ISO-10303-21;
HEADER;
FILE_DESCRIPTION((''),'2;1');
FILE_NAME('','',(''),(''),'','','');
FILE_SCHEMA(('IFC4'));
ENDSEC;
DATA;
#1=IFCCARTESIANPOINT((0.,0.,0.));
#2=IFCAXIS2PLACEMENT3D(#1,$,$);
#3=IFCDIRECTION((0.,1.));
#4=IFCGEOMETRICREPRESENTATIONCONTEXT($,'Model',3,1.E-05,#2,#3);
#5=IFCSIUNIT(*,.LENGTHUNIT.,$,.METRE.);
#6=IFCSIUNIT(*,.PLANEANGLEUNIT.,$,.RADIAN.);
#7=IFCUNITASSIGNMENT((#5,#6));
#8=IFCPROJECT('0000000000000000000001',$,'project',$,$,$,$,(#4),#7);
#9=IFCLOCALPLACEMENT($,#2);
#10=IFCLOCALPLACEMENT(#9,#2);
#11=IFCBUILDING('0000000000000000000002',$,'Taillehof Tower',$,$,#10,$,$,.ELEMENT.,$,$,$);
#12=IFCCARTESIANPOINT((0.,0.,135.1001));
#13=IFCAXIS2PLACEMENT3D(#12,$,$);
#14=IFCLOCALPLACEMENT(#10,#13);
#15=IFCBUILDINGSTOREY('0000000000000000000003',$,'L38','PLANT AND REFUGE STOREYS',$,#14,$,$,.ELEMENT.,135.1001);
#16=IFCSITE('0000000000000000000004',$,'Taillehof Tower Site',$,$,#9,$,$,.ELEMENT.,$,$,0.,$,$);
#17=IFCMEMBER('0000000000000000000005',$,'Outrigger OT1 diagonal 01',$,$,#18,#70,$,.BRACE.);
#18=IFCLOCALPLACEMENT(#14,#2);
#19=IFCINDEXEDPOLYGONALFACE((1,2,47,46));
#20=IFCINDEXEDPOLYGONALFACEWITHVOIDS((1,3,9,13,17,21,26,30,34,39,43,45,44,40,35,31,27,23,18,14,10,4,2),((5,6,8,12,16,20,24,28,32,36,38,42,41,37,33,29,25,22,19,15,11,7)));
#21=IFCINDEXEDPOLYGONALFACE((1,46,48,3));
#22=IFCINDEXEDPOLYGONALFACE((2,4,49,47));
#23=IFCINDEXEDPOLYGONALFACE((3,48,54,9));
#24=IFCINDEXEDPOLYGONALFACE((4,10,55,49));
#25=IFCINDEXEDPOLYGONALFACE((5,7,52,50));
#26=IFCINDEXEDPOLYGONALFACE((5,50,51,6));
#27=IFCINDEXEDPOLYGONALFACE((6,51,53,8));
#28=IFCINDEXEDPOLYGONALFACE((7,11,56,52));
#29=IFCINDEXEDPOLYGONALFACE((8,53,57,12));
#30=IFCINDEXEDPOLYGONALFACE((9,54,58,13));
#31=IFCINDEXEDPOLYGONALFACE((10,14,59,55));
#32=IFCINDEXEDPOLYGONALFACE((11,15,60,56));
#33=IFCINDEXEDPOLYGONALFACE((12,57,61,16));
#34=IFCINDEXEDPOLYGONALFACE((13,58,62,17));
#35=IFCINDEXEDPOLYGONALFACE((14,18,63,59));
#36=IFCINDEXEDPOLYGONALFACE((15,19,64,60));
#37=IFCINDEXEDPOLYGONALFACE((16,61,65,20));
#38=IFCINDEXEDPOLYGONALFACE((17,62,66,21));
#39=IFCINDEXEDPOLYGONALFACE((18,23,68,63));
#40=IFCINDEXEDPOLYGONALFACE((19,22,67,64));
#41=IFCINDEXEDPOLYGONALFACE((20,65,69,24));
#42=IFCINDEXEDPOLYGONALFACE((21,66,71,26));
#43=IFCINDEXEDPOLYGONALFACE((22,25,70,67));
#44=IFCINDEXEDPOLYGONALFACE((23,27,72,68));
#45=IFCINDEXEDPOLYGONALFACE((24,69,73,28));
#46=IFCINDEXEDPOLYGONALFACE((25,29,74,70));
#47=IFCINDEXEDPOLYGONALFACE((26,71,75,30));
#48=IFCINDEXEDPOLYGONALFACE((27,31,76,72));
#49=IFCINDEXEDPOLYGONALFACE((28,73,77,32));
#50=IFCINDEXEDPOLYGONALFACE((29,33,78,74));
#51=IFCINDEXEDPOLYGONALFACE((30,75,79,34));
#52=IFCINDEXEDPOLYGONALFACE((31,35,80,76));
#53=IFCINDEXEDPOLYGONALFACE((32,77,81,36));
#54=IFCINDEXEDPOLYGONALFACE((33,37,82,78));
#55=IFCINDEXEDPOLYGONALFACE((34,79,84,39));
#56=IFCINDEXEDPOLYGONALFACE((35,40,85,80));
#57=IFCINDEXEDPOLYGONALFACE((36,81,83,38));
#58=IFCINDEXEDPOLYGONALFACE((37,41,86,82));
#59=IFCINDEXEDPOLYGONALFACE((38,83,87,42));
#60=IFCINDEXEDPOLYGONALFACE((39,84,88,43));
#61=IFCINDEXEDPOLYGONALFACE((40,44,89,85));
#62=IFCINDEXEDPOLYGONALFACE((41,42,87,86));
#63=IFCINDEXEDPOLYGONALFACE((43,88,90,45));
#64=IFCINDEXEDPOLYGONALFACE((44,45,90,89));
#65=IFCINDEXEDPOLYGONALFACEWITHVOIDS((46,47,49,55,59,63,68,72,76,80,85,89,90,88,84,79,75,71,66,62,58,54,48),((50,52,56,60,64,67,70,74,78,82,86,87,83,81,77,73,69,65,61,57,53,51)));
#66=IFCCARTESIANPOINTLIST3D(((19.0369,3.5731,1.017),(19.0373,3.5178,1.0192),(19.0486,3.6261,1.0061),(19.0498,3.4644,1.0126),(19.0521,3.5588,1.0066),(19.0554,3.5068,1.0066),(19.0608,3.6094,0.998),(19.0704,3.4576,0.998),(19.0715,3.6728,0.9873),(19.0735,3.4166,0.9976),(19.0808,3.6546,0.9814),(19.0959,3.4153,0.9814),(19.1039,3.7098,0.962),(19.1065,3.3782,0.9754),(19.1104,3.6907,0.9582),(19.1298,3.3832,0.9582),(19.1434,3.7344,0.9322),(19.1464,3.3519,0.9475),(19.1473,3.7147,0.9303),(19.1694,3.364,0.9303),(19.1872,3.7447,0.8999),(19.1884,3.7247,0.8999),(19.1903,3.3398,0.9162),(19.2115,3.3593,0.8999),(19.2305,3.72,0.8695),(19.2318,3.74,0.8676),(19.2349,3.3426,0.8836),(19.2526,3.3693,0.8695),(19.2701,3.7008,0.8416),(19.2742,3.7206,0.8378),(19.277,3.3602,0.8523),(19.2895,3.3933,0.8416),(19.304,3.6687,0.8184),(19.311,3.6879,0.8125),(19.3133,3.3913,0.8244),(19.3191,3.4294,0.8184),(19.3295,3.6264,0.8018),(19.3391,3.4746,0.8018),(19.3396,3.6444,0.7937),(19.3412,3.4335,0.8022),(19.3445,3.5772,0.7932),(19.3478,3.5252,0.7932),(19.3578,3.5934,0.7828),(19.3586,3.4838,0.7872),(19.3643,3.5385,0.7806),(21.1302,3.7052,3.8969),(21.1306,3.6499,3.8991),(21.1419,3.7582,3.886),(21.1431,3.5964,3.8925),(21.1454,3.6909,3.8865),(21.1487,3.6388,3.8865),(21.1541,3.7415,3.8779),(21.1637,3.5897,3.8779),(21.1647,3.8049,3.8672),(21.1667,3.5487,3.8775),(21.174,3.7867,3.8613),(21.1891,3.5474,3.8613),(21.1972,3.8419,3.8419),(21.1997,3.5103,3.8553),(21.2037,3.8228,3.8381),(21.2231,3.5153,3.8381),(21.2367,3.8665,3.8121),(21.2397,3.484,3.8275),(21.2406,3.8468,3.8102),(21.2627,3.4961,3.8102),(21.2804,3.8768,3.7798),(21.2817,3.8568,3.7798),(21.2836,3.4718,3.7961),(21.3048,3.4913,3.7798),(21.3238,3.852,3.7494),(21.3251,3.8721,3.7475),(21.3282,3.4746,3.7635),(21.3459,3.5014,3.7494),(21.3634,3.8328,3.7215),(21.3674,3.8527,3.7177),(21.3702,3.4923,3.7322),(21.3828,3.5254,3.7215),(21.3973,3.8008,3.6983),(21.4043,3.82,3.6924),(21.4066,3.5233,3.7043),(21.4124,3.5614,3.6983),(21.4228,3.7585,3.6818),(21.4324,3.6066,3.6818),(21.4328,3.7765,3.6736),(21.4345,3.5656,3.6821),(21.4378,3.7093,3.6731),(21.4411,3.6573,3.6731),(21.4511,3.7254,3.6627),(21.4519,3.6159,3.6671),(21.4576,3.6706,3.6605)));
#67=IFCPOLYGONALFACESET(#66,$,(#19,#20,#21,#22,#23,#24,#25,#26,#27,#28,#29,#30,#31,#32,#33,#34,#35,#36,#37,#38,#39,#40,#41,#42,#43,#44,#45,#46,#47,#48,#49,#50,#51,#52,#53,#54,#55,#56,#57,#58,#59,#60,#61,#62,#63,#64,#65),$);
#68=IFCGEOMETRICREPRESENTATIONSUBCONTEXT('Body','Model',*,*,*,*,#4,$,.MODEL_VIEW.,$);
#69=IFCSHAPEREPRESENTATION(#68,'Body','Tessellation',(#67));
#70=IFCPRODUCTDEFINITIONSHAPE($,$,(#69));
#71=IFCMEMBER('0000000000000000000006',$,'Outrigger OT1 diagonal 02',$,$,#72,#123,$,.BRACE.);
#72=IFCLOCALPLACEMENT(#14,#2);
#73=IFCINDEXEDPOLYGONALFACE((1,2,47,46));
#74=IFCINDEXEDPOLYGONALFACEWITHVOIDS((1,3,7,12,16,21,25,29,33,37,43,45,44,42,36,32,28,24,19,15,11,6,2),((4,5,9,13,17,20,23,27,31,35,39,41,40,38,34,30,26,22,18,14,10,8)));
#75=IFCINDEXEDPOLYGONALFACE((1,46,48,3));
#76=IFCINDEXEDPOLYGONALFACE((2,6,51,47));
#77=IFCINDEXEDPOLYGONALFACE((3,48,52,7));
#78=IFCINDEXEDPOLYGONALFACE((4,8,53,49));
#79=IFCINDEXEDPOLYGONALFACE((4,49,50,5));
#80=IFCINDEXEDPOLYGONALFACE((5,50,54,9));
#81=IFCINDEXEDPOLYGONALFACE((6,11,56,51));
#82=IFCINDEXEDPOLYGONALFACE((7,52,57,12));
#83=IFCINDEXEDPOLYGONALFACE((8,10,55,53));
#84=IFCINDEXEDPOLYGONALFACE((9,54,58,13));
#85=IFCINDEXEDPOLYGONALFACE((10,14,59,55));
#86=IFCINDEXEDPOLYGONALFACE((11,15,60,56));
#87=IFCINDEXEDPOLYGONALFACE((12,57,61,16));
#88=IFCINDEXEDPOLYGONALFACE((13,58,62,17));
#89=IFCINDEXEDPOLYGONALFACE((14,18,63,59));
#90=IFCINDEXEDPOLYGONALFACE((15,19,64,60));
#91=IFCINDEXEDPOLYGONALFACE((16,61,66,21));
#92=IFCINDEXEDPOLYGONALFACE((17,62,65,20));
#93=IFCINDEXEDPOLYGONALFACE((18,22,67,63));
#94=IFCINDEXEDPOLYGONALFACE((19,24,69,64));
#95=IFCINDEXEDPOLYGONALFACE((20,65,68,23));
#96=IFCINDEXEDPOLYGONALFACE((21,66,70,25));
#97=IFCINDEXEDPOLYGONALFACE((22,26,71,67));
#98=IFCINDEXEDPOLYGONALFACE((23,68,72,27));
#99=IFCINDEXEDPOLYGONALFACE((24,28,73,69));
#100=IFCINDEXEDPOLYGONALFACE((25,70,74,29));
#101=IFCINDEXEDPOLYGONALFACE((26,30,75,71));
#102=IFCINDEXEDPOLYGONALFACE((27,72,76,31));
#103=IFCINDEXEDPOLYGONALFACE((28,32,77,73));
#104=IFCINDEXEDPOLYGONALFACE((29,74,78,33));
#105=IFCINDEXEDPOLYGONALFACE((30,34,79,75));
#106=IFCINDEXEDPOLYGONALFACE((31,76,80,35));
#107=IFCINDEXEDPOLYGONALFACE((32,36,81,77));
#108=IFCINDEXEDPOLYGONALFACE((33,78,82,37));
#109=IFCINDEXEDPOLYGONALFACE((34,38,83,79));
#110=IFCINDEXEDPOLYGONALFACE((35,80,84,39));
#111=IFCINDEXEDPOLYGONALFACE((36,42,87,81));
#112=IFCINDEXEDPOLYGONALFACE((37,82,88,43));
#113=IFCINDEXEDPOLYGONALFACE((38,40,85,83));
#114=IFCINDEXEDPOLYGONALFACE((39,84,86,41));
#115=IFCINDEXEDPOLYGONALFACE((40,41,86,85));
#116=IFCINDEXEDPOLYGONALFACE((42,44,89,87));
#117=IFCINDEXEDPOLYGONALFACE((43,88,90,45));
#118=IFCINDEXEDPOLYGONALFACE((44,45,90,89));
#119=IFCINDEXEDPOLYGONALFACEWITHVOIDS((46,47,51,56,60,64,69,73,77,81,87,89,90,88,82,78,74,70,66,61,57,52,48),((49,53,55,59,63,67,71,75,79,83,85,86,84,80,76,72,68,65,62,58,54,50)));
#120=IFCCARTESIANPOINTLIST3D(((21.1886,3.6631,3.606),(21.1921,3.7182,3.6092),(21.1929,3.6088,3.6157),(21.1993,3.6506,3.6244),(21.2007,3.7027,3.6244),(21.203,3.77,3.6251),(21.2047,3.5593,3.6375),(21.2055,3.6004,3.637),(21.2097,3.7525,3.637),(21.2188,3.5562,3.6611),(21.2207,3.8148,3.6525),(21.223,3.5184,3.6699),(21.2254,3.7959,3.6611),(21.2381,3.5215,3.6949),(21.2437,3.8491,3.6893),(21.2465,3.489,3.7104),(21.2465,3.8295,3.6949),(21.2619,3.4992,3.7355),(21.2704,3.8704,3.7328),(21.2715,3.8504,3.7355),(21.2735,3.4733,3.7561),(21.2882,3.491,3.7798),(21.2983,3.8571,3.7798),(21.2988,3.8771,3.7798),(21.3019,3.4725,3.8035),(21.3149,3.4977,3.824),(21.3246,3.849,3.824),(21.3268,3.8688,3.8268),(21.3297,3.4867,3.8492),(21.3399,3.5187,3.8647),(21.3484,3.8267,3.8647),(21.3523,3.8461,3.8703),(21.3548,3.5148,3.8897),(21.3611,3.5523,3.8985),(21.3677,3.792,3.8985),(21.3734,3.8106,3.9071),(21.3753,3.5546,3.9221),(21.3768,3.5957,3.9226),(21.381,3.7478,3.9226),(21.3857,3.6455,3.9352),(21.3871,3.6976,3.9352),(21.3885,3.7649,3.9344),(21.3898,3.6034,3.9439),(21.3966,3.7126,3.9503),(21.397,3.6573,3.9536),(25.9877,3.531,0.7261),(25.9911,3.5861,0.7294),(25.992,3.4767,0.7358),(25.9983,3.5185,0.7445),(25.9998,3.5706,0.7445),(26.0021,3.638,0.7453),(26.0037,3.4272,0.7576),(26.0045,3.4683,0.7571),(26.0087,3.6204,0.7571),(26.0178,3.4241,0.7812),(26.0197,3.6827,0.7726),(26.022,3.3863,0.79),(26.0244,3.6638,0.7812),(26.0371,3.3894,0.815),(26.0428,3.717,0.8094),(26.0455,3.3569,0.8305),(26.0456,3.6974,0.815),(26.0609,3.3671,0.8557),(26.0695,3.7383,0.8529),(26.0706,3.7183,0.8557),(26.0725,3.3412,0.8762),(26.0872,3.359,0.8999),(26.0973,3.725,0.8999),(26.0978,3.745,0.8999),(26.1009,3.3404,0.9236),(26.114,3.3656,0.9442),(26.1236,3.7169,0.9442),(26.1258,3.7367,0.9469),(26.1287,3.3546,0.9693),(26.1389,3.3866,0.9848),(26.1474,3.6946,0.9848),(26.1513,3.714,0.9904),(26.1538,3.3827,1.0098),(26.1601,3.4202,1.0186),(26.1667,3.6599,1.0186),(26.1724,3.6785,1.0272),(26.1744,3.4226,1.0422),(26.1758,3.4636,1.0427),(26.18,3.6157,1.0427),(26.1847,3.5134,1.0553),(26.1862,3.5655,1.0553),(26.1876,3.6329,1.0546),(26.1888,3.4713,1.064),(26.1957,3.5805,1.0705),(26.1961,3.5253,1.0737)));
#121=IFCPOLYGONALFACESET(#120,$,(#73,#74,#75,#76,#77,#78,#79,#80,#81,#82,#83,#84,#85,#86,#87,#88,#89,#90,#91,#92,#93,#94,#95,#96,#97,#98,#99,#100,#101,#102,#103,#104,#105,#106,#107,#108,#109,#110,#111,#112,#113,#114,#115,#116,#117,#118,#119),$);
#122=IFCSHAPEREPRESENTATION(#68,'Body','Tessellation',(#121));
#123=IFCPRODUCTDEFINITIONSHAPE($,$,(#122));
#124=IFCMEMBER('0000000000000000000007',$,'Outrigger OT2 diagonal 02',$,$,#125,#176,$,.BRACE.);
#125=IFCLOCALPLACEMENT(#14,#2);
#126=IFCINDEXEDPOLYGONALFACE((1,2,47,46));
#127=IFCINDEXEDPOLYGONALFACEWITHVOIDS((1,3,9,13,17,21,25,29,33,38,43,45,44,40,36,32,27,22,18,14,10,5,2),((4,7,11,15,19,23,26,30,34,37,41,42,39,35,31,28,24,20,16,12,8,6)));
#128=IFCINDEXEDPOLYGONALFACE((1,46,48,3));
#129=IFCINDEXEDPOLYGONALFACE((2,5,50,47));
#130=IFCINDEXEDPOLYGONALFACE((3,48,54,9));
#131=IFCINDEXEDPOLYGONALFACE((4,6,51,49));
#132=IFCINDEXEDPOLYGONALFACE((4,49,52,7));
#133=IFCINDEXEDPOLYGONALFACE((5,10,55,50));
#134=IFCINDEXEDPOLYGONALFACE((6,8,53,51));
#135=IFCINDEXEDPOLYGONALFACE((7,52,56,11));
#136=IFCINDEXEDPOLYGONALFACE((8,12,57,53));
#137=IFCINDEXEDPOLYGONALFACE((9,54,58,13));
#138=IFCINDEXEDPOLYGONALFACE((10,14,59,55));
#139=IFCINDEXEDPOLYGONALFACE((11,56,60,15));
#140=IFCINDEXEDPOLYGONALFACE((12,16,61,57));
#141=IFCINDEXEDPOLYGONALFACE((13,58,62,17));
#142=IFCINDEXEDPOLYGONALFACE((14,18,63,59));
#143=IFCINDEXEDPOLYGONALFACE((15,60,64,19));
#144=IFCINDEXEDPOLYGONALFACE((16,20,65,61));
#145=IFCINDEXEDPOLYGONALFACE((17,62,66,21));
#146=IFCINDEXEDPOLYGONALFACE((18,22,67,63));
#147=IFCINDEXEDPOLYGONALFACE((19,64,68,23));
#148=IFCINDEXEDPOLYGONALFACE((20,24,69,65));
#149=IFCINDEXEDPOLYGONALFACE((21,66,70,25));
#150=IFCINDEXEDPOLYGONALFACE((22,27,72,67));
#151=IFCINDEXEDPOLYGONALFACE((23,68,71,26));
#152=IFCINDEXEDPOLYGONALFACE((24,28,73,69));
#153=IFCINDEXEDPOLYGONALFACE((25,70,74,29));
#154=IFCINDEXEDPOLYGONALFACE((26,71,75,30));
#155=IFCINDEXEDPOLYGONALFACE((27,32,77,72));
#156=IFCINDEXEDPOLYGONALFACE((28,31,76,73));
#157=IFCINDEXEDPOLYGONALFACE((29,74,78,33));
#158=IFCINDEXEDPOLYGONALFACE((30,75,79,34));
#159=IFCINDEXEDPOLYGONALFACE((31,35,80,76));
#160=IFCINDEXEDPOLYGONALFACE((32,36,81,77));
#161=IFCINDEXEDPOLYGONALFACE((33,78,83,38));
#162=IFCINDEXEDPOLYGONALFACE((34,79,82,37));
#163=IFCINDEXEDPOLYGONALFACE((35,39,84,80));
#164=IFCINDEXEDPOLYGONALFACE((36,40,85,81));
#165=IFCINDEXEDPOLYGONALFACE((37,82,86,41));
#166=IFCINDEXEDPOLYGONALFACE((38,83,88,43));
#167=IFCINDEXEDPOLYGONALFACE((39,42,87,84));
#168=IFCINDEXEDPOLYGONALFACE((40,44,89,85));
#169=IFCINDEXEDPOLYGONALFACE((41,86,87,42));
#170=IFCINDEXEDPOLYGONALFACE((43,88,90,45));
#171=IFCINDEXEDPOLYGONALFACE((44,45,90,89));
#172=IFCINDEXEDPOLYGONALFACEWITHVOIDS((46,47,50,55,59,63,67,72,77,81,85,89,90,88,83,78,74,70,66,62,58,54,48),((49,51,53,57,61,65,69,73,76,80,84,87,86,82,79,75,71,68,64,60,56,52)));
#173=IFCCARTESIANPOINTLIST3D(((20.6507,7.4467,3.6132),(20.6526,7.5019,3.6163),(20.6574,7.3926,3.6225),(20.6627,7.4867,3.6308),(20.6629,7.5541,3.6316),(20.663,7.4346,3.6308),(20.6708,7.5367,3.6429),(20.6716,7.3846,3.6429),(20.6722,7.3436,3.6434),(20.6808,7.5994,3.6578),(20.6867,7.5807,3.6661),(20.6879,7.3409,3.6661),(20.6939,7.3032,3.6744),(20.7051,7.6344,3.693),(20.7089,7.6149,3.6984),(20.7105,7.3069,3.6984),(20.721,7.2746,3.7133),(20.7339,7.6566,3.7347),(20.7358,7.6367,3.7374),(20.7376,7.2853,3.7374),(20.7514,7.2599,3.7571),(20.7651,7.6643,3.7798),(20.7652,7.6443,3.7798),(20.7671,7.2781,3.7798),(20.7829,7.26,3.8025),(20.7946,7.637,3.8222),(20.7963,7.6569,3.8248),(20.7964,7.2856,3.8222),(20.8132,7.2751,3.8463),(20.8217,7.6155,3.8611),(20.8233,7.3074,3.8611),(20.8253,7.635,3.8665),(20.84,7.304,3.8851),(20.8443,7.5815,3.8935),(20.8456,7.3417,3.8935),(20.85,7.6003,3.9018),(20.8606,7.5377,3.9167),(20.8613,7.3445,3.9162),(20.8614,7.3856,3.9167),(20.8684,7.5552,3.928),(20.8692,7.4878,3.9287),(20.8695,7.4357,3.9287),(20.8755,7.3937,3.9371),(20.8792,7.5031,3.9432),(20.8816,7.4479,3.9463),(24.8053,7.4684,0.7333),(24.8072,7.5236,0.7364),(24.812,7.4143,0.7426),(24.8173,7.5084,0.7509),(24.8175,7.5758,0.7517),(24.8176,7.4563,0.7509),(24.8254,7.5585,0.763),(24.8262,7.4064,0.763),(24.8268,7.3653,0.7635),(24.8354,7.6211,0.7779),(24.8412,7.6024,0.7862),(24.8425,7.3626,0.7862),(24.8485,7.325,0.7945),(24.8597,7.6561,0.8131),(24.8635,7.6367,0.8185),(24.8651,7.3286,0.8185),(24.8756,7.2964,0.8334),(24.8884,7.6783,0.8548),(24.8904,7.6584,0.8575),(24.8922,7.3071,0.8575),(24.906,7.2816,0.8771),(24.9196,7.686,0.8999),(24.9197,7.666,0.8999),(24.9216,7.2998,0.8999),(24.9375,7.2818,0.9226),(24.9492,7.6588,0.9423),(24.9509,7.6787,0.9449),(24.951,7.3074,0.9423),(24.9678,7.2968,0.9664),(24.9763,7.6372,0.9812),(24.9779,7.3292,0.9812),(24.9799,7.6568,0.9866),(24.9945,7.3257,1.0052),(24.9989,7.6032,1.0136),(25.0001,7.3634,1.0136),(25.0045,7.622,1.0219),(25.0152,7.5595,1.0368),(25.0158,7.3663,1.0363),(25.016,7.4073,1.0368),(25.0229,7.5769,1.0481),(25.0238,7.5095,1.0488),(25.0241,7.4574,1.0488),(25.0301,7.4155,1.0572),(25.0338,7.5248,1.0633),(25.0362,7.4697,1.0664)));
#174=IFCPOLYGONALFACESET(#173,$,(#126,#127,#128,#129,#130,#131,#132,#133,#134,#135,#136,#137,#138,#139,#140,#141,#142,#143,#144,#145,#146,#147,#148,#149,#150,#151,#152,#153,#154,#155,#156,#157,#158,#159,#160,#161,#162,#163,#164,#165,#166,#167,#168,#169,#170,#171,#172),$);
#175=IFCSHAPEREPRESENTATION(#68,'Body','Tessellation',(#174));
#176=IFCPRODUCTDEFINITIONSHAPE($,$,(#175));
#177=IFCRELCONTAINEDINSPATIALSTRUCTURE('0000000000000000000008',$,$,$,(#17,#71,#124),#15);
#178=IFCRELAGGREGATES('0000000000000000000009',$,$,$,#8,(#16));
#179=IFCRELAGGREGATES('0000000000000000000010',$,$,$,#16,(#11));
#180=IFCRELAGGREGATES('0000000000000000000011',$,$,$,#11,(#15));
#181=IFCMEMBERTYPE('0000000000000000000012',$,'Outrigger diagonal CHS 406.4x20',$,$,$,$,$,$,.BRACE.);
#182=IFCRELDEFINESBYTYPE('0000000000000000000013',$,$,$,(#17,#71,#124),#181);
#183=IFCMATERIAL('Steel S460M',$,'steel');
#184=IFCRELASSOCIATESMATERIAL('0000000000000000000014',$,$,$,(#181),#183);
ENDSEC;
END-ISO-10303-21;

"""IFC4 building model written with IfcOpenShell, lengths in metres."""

from ifc_helpers import new_model, si_unit, direction, frame, origin, origin_2d, place, context, subcontext, project, spatial, hollow_circle, extrude, material, material_profile, profile_set, type_object, element, save


model = new_model("IFC4")

# Units and contexts
model_context = context("Model", 3, precision=1e-05, world=origin(), true_north=direction((0.0, 1.0)))
body_context = subcontext(model_context, "Body", "Model", "MODEL_VIEW")
ifc_project = project(units=[si_unit("LENGTHUNIT", "METRE"), si_unit("PLANEANGLEUNIT", "RADIAN")], contexts=[model_context])

# Site, building, storey
site_placement = place(None, origin())
site = spatial("IfcSite", under=ifc_project, at=site_placement, Name="Taillehof Tower Site", CompositionType="ELEMENT", RefElevation=0.0)
building_placement = place(site_placement, origin())
building = spatial("IfcBuilding", under=site, at=building_placement, Name="Taillehof Tower", CompositionType="ELEMENT")
storey_placement = place(building_placement, frame((0.0, 0.0, 135.1001)))
storey = spatial("IfcBuildingStorey", under=building, at=storey_placement, Name="L38", Description="PLANT AND REFUGE STOREYS", CompositionType="ELEMENT", Elevation=135.1001)

# Members
ifc_material_1 = material(Name="Steel S460M", Category="steel")
ifc_material_profile_1 = material_profile(ifc_material_1, hollow_circle(Radius=0.2031, WallThickness=0.02, at=origin_2d()), Name="CHS 406.4x20")
ifc_profile_set_1 = profile_set([ifc_material_profile_1], Name="Steel S460M")
member_type_1 = type_object("IfcMemberType", Name="Outrigger diagonal CHS 406.4x20", PredefinedType="BRACE", material=ifc_profile_set_1)
member_1_placement = place(storey_placement, frame((19.2, 3.542, 0.8999), z_axis=(0.587547, 0.037073, 0.80834), x_axis=(-0.062973, 0.998015, 0.0)))
element("IfcMember", 1, at=member_1_placement, inside=storey, type_object=member_type_1, Name="Outrigger OT1 diagonal 01", PredefinedType="BRACE", context=body_context, shape_type="SweptSolid", body=[
    extrude(hollow_circle(Radius=0.2031, WallThickness=0.02, at=origin_2d()), origin(), (0.0, 0.0, 1.0), 3.5627),
])
member_2_placement = place(storey_placement, frame((21.2932, 3.6741, 3.7798), z_axis=(0.85722, -0.023592, -0.51441), x_axis=(0.027512, 0.999621, 0.0)))
element("IfcMember", 2, at=member_2_placement, inside=storey, type_object=member_type_1, Name="Outrigger OT1 diagonal 02", PredefinedType="BRACE", context=body_context, shape_type="SweptSolid", body=[
    extrude(hollow_circle(Radius=0.2031, WallThickness=0.02, at=origin_2d()), origin(), (0.0, 0.0, 1.0), 5.5984),
])
member_3_placement = place(storey_placement, frame((20.7661, 7.4612, 3.7798), z_axis=(0.821845, 0.004298, -0.569694), x_axis=(-0.00523, 0.999986, 0.0)))
element("IfcMember", 3, at=member_3_placement, inside=storey, type_object=member_type_1, Name="Outrigger OT2 diagonal 02", PredefinedType="BRACE", context=body_context, shape_type="SweptSolid", body=[
    extrude(hollow_circle(Radius=0.2031, WallThickness=0.02, at=origin_2d()), origin(), (0.0, 0.0, 1.0), 5.0552),
])

save(model, "model.ifc")
